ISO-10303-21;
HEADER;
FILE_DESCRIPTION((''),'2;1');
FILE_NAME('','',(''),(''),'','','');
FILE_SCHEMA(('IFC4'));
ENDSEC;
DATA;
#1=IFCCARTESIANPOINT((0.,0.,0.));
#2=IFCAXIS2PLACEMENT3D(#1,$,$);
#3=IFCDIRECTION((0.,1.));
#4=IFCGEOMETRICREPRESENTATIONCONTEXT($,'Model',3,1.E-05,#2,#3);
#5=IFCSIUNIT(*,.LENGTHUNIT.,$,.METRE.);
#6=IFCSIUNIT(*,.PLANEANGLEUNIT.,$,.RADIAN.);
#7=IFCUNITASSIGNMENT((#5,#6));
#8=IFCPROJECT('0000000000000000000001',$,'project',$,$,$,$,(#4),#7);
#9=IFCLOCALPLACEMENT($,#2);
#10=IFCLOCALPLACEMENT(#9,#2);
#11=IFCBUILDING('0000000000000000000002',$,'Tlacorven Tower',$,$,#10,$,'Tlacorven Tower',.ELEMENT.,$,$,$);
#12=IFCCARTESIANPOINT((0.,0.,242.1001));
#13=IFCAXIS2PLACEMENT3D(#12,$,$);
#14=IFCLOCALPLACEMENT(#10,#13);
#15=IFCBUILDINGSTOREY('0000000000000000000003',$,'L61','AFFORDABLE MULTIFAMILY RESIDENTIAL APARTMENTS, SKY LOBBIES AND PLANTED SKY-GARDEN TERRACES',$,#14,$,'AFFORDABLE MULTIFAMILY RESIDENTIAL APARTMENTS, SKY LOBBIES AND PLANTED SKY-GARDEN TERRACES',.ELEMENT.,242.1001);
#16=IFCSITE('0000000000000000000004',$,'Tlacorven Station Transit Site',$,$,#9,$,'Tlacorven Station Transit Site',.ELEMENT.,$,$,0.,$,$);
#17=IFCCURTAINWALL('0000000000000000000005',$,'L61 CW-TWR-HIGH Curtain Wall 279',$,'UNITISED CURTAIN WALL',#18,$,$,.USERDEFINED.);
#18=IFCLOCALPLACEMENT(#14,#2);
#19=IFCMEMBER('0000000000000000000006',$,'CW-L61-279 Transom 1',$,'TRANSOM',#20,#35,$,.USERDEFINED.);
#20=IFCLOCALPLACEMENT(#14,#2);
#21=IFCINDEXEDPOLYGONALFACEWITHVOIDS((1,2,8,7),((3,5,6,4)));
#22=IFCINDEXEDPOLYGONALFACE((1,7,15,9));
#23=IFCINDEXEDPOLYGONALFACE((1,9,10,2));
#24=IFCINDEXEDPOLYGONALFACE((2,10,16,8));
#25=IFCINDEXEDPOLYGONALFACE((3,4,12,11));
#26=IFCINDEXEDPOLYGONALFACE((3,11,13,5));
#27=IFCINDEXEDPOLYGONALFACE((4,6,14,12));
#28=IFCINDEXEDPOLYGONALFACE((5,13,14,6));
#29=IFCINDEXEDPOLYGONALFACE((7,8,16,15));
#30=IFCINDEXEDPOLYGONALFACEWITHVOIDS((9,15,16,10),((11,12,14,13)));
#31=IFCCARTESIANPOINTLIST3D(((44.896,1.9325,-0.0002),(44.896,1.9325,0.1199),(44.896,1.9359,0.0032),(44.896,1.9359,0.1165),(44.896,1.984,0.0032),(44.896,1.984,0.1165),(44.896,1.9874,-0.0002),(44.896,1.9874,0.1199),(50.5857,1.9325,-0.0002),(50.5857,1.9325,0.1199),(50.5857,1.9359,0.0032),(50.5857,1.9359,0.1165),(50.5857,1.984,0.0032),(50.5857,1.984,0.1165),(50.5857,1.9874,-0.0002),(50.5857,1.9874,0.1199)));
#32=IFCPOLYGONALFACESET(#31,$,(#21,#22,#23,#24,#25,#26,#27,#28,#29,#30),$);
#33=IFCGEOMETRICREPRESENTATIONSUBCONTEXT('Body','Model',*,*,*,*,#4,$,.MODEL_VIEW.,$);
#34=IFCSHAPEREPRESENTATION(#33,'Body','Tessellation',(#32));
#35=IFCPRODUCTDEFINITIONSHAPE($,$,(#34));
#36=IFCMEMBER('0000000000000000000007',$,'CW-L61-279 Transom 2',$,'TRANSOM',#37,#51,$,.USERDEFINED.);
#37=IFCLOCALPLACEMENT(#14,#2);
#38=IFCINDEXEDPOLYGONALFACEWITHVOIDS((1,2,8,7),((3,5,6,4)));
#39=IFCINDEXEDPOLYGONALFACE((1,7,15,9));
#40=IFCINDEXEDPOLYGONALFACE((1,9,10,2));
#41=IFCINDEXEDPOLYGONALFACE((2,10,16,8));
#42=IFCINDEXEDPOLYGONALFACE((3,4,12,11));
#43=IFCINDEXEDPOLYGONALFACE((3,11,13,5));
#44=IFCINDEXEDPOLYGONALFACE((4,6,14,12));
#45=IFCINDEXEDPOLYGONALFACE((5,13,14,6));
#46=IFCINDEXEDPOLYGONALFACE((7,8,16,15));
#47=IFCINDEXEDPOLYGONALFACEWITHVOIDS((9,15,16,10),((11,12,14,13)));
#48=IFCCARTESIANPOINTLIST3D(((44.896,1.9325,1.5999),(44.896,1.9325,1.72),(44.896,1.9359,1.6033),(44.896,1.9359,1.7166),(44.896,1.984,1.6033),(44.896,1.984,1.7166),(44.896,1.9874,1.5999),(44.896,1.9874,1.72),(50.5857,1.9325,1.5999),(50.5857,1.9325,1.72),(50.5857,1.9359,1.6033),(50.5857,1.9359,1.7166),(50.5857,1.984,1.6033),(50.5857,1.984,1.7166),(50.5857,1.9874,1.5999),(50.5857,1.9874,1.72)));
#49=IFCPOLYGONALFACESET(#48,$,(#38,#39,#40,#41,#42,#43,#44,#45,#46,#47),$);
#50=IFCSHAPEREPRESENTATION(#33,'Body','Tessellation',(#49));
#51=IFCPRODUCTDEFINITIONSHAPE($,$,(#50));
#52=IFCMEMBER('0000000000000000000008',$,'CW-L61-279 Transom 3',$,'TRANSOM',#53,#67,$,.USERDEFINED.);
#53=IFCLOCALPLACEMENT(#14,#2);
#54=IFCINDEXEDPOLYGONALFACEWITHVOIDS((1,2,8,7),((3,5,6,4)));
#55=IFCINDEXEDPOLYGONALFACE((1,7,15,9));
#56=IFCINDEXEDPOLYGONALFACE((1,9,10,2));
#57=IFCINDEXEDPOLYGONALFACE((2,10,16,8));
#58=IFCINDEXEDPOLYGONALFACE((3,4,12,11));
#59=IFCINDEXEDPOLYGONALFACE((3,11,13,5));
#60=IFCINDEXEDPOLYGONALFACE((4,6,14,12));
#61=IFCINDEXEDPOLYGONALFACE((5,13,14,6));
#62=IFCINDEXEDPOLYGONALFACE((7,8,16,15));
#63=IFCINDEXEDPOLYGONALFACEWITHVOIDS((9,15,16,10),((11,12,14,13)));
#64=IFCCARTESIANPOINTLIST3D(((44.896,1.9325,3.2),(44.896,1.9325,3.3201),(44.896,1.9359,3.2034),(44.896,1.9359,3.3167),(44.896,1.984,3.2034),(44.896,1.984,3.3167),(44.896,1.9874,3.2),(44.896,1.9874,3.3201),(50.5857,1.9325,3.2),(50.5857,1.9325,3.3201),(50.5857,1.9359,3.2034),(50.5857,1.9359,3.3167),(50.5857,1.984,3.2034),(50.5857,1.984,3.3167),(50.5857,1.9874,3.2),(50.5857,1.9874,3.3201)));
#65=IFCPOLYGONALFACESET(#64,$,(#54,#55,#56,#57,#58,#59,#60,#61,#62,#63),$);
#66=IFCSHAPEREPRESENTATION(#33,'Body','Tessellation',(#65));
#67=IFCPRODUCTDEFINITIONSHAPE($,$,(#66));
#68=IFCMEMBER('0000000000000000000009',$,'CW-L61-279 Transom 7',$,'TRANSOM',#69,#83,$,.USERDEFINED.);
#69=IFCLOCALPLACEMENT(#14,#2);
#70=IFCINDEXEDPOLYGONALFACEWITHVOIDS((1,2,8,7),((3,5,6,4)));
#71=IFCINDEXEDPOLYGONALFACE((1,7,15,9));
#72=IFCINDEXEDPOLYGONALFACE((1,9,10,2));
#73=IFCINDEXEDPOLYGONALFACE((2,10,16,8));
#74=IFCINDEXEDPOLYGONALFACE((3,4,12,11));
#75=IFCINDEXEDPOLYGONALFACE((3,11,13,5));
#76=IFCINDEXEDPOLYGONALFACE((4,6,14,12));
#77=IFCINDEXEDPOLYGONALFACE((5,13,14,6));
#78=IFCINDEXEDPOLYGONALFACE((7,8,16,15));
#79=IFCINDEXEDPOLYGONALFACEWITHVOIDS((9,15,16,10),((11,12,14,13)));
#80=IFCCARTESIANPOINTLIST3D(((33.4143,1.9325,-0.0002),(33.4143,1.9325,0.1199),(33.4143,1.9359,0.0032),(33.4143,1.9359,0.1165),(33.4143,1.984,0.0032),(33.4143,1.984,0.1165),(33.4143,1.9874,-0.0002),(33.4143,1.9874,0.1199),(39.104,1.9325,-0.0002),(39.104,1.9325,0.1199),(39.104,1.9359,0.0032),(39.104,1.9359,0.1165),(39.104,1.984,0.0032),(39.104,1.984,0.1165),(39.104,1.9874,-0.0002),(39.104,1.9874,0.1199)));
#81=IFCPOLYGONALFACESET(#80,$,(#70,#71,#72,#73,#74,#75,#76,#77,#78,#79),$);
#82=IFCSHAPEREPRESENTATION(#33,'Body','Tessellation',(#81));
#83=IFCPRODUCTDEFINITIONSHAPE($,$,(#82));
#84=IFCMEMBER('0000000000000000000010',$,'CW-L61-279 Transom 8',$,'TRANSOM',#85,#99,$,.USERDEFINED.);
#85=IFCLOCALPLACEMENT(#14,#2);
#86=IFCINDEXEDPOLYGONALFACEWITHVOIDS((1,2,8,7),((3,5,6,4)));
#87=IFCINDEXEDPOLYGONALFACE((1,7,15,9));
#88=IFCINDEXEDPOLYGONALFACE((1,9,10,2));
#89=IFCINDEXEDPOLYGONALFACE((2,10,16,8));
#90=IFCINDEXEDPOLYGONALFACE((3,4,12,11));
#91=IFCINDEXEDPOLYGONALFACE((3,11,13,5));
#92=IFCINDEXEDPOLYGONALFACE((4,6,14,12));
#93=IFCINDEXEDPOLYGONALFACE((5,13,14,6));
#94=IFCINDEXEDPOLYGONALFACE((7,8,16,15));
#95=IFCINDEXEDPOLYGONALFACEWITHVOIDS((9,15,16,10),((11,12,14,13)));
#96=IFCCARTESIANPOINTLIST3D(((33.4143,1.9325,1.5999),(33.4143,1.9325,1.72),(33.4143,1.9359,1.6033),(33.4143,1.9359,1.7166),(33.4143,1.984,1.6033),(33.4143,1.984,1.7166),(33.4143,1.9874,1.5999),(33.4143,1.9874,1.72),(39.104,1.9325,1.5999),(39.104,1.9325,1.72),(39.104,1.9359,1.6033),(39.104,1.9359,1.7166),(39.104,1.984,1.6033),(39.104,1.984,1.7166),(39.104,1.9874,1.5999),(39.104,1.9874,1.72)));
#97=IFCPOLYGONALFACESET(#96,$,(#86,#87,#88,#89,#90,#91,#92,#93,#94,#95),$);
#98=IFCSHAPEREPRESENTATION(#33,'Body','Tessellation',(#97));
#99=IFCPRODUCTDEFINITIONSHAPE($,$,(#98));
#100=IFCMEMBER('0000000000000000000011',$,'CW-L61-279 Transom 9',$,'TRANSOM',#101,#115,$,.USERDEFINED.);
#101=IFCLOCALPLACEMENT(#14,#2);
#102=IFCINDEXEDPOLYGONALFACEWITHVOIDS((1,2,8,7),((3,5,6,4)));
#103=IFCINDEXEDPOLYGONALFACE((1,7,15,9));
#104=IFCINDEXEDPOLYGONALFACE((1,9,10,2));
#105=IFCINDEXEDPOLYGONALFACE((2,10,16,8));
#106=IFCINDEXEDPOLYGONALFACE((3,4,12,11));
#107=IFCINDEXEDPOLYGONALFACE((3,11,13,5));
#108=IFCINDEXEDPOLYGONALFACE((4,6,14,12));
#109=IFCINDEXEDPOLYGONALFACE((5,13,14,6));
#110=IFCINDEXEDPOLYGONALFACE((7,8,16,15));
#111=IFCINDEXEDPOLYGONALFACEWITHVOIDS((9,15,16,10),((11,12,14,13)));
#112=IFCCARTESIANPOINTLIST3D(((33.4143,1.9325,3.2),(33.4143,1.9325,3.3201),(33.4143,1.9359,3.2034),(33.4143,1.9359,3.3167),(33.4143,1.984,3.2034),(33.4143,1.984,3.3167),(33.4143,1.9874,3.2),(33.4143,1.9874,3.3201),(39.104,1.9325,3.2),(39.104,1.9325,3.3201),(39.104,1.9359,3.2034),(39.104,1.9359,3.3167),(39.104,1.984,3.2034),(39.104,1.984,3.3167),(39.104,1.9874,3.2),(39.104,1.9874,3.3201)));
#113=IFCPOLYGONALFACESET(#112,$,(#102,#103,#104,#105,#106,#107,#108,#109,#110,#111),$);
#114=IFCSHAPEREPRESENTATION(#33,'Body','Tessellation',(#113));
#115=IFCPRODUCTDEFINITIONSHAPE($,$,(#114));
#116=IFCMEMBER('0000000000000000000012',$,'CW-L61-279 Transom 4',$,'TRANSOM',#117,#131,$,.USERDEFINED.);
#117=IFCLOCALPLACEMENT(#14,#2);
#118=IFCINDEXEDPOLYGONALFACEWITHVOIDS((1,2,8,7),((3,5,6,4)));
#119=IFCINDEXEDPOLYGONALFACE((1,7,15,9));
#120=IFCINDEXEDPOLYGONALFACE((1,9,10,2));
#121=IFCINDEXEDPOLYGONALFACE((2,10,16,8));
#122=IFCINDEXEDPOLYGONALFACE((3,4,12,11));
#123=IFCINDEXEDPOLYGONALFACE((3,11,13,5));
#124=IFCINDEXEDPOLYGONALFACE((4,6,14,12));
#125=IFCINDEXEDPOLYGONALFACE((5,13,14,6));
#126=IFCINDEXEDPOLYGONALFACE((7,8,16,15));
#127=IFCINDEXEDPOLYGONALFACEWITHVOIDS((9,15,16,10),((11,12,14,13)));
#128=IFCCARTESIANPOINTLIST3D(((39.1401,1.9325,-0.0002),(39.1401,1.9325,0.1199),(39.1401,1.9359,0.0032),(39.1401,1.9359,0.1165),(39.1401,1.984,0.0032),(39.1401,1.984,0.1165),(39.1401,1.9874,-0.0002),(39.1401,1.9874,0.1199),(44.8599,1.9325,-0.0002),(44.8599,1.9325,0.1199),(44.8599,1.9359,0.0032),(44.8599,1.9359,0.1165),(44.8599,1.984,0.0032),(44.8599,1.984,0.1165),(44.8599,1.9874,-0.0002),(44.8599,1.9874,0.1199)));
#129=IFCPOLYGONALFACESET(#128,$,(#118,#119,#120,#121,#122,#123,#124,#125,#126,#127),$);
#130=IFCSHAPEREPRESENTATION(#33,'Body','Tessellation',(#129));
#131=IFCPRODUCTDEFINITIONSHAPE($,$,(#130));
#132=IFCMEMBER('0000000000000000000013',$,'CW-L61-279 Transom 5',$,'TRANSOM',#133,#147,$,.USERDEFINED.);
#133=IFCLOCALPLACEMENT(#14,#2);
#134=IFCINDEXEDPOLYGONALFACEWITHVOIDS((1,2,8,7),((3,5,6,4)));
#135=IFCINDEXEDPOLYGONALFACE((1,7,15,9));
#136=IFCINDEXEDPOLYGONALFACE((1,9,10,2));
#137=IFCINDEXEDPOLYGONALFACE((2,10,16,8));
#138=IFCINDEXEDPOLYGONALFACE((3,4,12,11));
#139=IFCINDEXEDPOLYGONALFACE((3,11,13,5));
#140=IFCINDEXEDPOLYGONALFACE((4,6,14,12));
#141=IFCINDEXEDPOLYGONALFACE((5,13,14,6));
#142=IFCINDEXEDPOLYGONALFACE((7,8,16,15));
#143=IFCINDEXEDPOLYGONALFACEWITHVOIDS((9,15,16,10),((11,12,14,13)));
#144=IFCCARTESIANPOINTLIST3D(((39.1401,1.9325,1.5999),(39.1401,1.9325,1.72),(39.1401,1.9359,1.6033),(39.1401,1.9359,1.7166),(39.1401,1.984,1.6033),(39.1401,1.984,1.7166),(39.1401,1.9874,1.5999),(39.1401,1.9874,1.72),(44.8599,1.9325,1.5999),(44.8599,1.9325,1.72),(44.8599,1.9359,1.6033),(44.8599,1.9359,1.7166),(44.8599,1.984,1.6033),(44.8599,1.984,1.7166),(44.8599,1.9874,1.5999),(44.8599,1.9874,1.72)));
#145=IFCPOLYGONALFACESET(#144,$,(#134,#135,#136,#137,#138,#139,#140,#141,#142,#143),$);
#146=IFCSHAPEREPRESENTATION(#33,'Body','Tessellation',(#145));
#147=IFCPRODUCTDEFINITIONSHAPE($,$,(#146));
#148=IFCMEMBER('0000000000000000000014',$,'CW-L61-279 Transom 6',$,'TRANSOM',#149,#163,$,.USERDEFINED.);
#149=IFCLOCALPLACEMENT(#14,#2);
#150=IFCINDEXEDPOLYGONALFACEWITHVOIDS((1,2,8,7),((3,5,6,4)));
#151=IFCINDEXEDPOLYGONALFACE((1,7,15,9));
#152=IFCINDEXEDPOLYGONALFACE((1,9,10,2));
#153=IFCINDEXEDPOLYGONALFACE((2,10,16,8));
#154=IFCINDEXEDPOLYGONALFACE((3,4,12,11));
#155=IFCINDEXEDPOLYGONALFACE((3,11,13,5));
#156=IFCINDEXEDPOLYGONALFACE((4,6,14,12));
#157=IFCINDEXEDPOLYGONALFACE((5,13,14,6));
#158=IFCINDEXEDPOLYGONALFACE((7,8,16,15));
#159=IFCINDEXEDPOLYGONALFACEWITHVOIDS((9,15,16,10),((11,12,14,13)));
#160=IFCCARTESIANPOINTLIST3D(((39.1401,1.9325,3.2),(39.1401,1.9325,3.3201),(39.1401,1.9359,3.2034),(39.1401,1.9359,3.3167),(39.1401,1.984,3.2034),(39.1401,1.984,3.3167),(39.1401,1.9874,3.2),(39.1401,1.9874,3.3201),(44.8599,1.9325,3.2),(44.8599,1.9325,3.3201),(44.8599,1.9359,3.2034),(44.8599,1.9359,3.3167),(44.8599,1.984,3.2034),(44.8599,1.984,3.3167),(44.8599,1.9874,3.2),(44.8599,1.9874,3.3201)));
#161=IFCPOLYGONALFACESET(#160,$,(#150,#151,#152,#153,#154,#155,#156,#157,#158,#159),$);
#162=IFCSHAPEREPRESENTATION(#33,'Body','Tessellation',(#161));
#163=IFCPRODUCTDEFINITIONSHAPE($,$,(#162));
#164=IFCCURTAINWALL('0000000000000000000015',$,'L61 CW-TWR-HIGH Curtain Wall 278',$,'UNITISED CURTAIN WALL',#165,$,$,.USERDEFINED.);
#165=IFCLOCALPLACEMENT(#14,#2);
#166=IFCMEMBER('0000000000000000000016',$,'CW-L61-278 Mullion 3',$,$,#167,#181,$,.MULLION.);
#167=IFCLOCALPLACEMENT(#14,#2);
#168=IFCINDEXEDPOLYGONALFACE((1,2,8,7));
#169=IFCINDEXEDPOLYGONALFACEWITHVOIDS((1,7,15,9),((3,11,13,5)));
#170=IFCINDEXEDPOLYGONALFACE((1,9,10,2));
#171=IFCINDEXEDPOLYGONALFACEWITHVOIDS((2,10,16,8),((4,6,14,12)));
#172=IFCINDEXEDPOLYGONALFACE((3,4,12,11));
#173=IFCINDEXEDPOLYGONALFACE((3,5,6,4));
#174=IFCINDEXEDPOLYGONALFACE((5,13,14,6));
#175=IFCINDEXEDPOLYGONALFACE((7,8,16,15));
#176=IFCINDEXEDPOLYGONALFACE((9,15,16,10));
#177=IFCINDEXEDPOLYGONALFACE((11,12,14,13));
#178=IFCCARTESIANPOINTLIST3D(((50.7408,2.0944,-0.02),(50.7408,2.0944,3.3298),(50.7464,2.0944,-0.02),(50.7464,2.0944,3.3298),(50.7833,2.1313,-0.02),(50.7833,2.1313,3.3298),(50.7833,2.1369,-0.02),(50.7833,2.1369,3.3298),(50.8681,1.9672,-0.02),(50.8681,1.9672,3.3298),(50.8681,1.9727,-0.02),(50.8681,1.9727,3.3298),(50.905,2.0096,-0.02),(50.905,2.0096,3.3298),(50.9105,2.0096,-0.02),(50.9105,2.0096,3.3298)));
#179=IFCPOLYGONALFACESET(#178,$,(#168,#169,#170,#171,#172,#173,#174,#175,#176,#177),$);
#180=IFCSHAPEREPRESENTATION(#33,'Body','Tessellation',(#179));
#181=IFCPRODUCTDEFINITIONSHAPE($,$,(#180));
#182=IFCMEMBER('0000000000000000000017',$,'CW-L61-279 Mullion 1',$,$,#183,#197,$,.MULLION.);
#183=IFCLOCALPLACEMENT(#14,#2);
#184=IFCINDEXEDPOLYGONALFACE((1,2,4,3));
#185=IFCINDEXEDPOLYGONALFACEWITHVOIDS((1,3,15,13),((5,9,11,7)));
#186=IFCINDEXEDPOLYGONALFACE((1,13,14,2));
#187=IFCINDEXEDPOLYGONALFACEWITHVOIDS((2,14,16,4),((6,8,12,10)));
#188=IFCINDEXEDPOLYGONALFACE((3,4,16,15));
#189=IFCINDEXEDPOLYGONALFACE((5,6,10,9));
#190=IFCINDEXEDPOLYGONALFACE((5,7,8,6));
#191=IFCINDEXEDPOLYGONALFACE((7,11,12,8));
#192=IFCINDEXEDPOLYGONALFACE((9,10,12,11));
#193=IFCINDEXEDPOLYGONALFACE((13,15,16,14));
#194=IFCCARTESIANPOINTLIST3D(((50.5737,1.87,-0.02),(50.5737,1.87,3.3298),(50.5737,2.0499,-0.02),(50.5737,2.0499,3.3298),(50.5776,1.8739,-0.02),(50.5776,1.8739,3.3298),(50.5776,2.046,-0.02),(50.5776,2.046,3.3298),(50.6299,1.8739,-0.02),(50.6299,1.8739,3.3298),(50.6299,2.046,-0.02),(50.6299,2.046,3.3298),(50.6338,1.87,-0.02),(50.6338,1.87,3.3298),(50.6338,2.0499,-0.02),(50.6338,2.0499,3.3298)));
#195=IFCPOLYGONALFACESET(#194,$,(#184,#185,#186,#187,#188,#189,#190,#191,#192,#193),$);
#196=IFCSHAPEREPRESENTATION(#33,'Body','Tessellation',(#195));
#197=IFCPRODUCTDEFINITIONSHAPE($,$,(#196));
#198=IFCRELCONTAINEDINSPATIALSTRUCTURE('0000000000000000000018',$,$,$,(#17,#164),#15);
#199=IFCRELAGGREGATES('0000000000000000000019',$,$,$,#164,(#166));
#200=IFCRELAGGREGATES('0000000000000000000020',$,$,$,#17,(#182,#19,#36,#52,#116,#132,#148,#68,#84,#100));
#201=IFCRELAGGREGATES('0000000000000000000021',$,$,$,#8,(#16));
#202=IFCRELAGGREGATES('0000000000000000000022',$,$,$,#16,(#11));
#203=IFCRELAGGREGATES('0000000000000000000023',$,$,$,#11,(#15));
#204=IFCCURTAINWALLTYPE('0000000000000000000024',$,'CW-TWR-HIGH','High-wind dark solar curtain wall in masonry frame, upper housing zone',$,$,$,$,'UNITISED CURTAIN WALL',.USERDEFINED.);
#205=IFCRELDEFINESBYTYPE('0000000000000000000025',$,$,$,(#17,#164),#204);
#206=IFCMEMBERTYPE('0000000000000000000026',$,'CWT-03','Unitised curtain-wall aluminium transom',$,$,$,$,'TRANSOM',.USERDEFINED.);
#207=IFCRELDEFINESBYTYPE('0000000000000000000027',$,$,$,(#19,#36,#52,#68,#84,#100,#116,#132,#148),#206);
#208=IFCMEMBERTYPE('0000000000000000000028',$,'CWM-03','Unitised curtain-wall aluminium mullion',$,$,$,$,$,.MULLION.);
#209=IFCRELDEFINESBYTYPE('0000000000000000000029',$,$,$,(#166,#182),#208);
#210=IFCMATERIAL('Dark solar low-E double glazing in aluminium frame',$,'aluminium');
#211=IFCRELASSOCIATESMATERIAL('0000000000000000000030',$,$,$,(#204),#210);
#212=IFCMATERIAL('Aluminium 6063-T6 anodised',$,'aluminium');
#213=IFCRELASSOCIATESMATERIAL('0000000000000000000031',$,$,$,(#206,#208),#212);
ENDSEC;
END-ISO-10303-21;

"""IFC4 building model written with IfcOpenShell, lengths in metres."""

from ifc_helpers import new_model, si_unit, direction, frame, origin, origin_2d, place, context, subcontext, project, spatial, hollow_rectangle, extrude, source, transform, mapped, material, material_profile, profile_set, type_object, element, aggregate, save


model = new_model("IFC4")

# Units and contexts
model_context = context("Model", 3, precision=1e-05, world=origin(), true_north=direction((0.0, 1.0)))
body_context = subcontext(model_context, "Body", "Model", "MODEL_VIEW")
ifc_project = project(units=[si_unit("LENGTHUNIT", "METRE"), si_unit("PLANEANGLEUNIT", "RADIAN")], contexts=[model_context])

# Site, building, storey
site_placement = place(None, origin())
site = spatial("IfcSite", under=ifc_project, at=site_placement, Name="Tlacorven Station Transit Site", LongName="Tlacorven Station Transit Site", CompositionType="ELEMENT", RefElevation=0.0)
building_placement = place(site_placement, origin())
building = spatial("IfcBuilding", under=site, at=building_placement, Name="Tlacorven Tower", LongName="Tlacorven Tower", CompositionType="ELEMENT")
storey_placement = place(building_placement, frame((0.0, 0.0, 242.1001)))
storey = spatial("IfcBuildingStorey", under=building, at=storey_placement, Name="L61", Description="AFFORDABLE MULTIFAMILY RESIDENTIAL APARTMENTS, SKY LOBBIES AND PLANTED SKY-GARDEN TERRACES", LongName="AFFORDABLE MULTIFAMILY RESIDENTIAL APARTMENTS, SKY LOBBIES AND PLANTED SKY-GARDEN TERRACES", CompositionType="ELEMENT", Elevation=242.1001)

# Curtain wall, members
ifc_material_1 = material(Name="Dark solar low-E double glazing in aluminium frame", Category="aluminium")
curtain_wall_type = type_object("IfcCurtainWallType", Name="CW-TWR-HIGH", Description="High-wind dark solar curtain wall in masonry frame, upper housing zone", ElementType="UNITISED CURTAIN WALL", PredefinedType="USERDEFINED", material=ifc_material_1)
curtain_wall_1_placement = place(storey_placement, origin())
curtain_wall_1 = element("IfcCurtainWall", 1, at=curtain_wall_1_placement, inside=storey, type_object=curtain_wall_type, Name="L61 CW-TWR-HIGH Curtain Wall 279", ObjectType="UNITISED CURTAIN WALL", PredefinedType="USERDEFINED")
ifc_material_2 = material(Name="Aluminium 6063-T6 anodised", Category="aluminium")
ifc_material_profile_1 = material_profile(ifc_material_2, hollow_rectangle(XDim=0.0549, YDim=0.1201, WallThickness=0.0034, at=origin_2d()), Name="ALU TRANSOM 55X120")
ifc_profile_set_1 = profile_set([ifc_material_profile_1], Name="Aluminium 6063-T6 anodised")
member_type_1 = type_object("IfcMemberType", Name="CWT-03", Description="Unitised curtain-wall aluminium transom", ElementType="TRANSOM", PredefinedType="USERDEFINED", material=ifc_profile_set_1)
shared_shape_1 = source(origin(), body_context, "Body", "SweptSolid", [
    extrude(hollow_rectangle(XDim=0.0549, YDim=0.1201, WallThickness=0.0034, at=origin_2d()), origin(), (0.0, 0.0, 1.0), 5.6897),
])
member_1_placement = place(storey_placement, frame((50.5857, 1.96, 0.0598), z_axis=(-1.0, 0.0, 0.0), x_axis=(0.0, -1.0, 0.0)))
member_1 = element("IfcMember", 2, at=member_1_placement, type_object=member_type_1, Name="CW-L61-279 Transom 1", ObjectType="TRANSOM", PredefinedType="USERDEFINED", context=body_context, shape_type="MappedRepresentation", body=[
    mapped(shared_shape_1, transform((0.0, 0.0, 0.0), scale=1.0)),
])
member_2_placement = place(storey_placement, frame((50.5857, 1.96, 1.6599), z_axis=(-1.0, 0.0, 0.0), x_axis=(0.0, -1.0, 0.0)))
member_2 = element("IfcMember", 3, at=member_2_placement, type_object=member_type_1, Name="CW-L61-279 Transom 2", ObjectType="TRANSOM", PredefinedType="USERDEFINED", context=body_context, shape_type="MappedRepresentation", body=[
    mapped(shared_shape_1, transform((0.0, 0.0, 0.0), scale=1.0)),
])
member_3_placement = place(storey_placement, frame((50.5857, 1.96, 3.26), z_axis=(-1.0, 0.0, 0.0), x_axis=(0.0, -1.0, 0.0)))
member_3 = element("IfcMember", 4, at=member_3_placement, type_object=member_type_1, Name="CW-L61-279 Transom 3", ObjectType="TRANSOM", PredefinedType="USERDEFINED", context=body_context, shape_type="MappedRepresentation", body=[
    mapped(shared_shape_1, transform((0.0, 0.0, 0.0), scale=1.0)),
])
member_4_placement = place(storey_placement, frame((39.104, 1.96, 0.0598), z_axis=(-1.0, 0.0, 0.0), x_axis=(0.0, -1.0, 0.0)))
member_4 = element("IfcMember", 5, at=member_4_placement, type_object=member_type_1, Name="CW-L61-279 Transom 7", ObjectType="TRANSOM", PredefinedType="USERDEFINED", context=body_context, shape_type="MappedRepresentation", body=[
    mapped(shared_shape_1, transform((0.0, 0.0, 0.0), scale=1.0)),
])
member_5_placement = place(storey_placement, frame((39.104, 1.96, 1.6599), z_axis=(-1.0, 0.0, 0.0), x_axis=(0.0, -1.0, 0.0)))
member_5 = element("IfcMember", 6, at=member_5_placement, type_object=member_type_1, Name="CW-L61-279 Transom 8", ObjectType="TRANSOM", PredefinedType="USERDEFINED", context=body_context, shape_type="MappedRepresentation", body=[
    mapped(shared_shape_1, transform((0.0, 0.0, 0.0), scale=1.0)),
])
member_6_placement = place(storey_placement, frame((39.104, 1.96, 3.26), z_axis=(-1.0, 0.0, 0.0), x_axis=(0.0, -1.0, 0.0)))
member_6 = element("IfcMember", 7, at=member_6_placement, type_object=member_type_1, Name="CW-L61-279 Transom 9", ObjectType="TRANSOM", PredefinedType="USERDEFINED", context=body_context, shape_type="MappedRepresentation", body=[
    mapped(shared_shape_1, transform((0.0, 0.0, 0.0), scale=1.0)),
])
shared_shape_2 = source(origin(), body_context, "Body", "SweptSolid", [
    extrude(hollow_rectangle(XDim=0.0549, YDim=0.1201, WallThickness=0.0034, at=origin_2d()), origin(), (0.0, 0.0, 1.0), 5.7197),
])
member_7_placement = place(storey_placement, frame((44.8599, 1.96, 0.0598), z_axis=(-1.0, 0.0, 0.0), x_axis=(0.0, -1.0, 0.0)))
member_7 = element("IfcMember", 8, at=member_7_placement, type_object=member_type_1, Name="CW-L61-279 Transom 4", ObjectType="TRANSOM", PredefinedType="USERDEFINED", context=body_context, shape_type="MappedRepresentation", body=[
    mapped(shared_shape_2, transform((0.0, 0.0, 0.0), scale=1.0)),
])
member_8_placement = place(storey_placement, frame((44.8599, 1.96, 1.6599), z_axis=(-1.0, 0.0, 0.0), x_axis=(0.0, -1.0, 0.0)))
member_8 = element("IfcMember", 9, at=member_8_placement, type_object=member_type_1, Name="CW-L61-279 Transom 5", ObjectType="TRANSOM", PredefinedType="USERDEFINED", context=body_context, shape_type="MappedRepresentation", body=[
    mapped(shared_shape_2, transform((0.0, 0.0, 0.0), scale=1.0)),
])
member_9_placement = place(storey_placement, frame((44.8599, 1.96, 3.26), z_axis=(-1.0, 0.0, 0.0), x_axis=(0.0, -1.0, 0.0)))
member_9 = element("IfcMember", 10, at=member_9_placement, type_object=member_type_1, Name="CW-L61-279 Transom 6", ObjectType="TRANSOM", PredefinedType="USERDEFINED", context=body_context, shape_type="MappedRepresentation", body=[
    mapped(shared_shape_2, transform((0.0, 0.0, 0.0), scale=1.0)),
])

# Curtain wall, member
curtain_wall_2_placement = place(storey_placement, origin())
curtain_wall_2 = element("IfcCurtainWall", 11, at=curtain_wall_2_placement, inside=storey, type_object=curtain_wall_type, Name="L61 CW-TWR-HIGH Curtain Wall 278", ObjectType="UNITISED CURTAIN WALL", PredefinedType="USERDEFINED")
ifc_material_profile_2 = material_profile(ifc_material_2, hollow_rectangle(XDim=0.0601, YDim=0.1799, WallThickness=0.0039, at=origin_2d()), Name="ALU MULLION 60X180")
ifc_profile_set_2 = profile_set([ifc_material_profile_2], Name="Aluminium 6063-T6 anodised")
member_type_2 = type_object("IfcMemberType", Name="CWM-03", Description="Unitised curtain-wall aluminium mullion", PredefinedType="MULLION", material=ifc_profile_set_2)
shared_shape_3 = source(origin(), body_context, "Body", "SweptSolid", [
    extrude(hollow_rectangle(XDim=0.0601, YDim=0.1799, WallThickness=0.0039, at=origin_2d()), origin(), (0.0, 0.0, 1.0), 3.3499),
])
member_10_placement = place(storey_placement, frame((50.8257, 2.052, -0.02), z_axis=(0.0, 0.0, 1.0), x_axis=(-0.707107, -0.707107, 0.0)))
member_10 = element("IfcMember", 12, at=member_10_placement, type_object=member_type_2, Name="CW-L61-278 Mullion 3", PredefinedType="MULLION", context=body_context, shape_type="MappedRepresentation", body=[
    mapped(shared_shape_3, transform((0.0, 0.0, 0.0), scale=1.0)),
])

# Member
member_11_placement = place(storey_placement, frame((50.6038, 1.96, -0.02), z_axis=(0.0, 0.0, 1.0), x_axis=(-1.0, 0.0, 0.0)))
member_11 = element("IfcMember", 13, at=member_11_placement, type_object=member_type_2, Name="CW-L61-279 Mullion 1", PredefinedType="MULLION", context=body_context, shape_type="MappedRepresentation", body=[
    mapped(shared_shape_3, transform((0.0, 0.0, 0.0), scale=1.0)),
])

aggregate(curtain_wall_2, [member_10])
aggregate(curtain_wall_1, [member_11, member_1, member_2, member_3, member_7, member_8, member_9, member_4, member_5, member_6])

save(model, "model.ifc")
